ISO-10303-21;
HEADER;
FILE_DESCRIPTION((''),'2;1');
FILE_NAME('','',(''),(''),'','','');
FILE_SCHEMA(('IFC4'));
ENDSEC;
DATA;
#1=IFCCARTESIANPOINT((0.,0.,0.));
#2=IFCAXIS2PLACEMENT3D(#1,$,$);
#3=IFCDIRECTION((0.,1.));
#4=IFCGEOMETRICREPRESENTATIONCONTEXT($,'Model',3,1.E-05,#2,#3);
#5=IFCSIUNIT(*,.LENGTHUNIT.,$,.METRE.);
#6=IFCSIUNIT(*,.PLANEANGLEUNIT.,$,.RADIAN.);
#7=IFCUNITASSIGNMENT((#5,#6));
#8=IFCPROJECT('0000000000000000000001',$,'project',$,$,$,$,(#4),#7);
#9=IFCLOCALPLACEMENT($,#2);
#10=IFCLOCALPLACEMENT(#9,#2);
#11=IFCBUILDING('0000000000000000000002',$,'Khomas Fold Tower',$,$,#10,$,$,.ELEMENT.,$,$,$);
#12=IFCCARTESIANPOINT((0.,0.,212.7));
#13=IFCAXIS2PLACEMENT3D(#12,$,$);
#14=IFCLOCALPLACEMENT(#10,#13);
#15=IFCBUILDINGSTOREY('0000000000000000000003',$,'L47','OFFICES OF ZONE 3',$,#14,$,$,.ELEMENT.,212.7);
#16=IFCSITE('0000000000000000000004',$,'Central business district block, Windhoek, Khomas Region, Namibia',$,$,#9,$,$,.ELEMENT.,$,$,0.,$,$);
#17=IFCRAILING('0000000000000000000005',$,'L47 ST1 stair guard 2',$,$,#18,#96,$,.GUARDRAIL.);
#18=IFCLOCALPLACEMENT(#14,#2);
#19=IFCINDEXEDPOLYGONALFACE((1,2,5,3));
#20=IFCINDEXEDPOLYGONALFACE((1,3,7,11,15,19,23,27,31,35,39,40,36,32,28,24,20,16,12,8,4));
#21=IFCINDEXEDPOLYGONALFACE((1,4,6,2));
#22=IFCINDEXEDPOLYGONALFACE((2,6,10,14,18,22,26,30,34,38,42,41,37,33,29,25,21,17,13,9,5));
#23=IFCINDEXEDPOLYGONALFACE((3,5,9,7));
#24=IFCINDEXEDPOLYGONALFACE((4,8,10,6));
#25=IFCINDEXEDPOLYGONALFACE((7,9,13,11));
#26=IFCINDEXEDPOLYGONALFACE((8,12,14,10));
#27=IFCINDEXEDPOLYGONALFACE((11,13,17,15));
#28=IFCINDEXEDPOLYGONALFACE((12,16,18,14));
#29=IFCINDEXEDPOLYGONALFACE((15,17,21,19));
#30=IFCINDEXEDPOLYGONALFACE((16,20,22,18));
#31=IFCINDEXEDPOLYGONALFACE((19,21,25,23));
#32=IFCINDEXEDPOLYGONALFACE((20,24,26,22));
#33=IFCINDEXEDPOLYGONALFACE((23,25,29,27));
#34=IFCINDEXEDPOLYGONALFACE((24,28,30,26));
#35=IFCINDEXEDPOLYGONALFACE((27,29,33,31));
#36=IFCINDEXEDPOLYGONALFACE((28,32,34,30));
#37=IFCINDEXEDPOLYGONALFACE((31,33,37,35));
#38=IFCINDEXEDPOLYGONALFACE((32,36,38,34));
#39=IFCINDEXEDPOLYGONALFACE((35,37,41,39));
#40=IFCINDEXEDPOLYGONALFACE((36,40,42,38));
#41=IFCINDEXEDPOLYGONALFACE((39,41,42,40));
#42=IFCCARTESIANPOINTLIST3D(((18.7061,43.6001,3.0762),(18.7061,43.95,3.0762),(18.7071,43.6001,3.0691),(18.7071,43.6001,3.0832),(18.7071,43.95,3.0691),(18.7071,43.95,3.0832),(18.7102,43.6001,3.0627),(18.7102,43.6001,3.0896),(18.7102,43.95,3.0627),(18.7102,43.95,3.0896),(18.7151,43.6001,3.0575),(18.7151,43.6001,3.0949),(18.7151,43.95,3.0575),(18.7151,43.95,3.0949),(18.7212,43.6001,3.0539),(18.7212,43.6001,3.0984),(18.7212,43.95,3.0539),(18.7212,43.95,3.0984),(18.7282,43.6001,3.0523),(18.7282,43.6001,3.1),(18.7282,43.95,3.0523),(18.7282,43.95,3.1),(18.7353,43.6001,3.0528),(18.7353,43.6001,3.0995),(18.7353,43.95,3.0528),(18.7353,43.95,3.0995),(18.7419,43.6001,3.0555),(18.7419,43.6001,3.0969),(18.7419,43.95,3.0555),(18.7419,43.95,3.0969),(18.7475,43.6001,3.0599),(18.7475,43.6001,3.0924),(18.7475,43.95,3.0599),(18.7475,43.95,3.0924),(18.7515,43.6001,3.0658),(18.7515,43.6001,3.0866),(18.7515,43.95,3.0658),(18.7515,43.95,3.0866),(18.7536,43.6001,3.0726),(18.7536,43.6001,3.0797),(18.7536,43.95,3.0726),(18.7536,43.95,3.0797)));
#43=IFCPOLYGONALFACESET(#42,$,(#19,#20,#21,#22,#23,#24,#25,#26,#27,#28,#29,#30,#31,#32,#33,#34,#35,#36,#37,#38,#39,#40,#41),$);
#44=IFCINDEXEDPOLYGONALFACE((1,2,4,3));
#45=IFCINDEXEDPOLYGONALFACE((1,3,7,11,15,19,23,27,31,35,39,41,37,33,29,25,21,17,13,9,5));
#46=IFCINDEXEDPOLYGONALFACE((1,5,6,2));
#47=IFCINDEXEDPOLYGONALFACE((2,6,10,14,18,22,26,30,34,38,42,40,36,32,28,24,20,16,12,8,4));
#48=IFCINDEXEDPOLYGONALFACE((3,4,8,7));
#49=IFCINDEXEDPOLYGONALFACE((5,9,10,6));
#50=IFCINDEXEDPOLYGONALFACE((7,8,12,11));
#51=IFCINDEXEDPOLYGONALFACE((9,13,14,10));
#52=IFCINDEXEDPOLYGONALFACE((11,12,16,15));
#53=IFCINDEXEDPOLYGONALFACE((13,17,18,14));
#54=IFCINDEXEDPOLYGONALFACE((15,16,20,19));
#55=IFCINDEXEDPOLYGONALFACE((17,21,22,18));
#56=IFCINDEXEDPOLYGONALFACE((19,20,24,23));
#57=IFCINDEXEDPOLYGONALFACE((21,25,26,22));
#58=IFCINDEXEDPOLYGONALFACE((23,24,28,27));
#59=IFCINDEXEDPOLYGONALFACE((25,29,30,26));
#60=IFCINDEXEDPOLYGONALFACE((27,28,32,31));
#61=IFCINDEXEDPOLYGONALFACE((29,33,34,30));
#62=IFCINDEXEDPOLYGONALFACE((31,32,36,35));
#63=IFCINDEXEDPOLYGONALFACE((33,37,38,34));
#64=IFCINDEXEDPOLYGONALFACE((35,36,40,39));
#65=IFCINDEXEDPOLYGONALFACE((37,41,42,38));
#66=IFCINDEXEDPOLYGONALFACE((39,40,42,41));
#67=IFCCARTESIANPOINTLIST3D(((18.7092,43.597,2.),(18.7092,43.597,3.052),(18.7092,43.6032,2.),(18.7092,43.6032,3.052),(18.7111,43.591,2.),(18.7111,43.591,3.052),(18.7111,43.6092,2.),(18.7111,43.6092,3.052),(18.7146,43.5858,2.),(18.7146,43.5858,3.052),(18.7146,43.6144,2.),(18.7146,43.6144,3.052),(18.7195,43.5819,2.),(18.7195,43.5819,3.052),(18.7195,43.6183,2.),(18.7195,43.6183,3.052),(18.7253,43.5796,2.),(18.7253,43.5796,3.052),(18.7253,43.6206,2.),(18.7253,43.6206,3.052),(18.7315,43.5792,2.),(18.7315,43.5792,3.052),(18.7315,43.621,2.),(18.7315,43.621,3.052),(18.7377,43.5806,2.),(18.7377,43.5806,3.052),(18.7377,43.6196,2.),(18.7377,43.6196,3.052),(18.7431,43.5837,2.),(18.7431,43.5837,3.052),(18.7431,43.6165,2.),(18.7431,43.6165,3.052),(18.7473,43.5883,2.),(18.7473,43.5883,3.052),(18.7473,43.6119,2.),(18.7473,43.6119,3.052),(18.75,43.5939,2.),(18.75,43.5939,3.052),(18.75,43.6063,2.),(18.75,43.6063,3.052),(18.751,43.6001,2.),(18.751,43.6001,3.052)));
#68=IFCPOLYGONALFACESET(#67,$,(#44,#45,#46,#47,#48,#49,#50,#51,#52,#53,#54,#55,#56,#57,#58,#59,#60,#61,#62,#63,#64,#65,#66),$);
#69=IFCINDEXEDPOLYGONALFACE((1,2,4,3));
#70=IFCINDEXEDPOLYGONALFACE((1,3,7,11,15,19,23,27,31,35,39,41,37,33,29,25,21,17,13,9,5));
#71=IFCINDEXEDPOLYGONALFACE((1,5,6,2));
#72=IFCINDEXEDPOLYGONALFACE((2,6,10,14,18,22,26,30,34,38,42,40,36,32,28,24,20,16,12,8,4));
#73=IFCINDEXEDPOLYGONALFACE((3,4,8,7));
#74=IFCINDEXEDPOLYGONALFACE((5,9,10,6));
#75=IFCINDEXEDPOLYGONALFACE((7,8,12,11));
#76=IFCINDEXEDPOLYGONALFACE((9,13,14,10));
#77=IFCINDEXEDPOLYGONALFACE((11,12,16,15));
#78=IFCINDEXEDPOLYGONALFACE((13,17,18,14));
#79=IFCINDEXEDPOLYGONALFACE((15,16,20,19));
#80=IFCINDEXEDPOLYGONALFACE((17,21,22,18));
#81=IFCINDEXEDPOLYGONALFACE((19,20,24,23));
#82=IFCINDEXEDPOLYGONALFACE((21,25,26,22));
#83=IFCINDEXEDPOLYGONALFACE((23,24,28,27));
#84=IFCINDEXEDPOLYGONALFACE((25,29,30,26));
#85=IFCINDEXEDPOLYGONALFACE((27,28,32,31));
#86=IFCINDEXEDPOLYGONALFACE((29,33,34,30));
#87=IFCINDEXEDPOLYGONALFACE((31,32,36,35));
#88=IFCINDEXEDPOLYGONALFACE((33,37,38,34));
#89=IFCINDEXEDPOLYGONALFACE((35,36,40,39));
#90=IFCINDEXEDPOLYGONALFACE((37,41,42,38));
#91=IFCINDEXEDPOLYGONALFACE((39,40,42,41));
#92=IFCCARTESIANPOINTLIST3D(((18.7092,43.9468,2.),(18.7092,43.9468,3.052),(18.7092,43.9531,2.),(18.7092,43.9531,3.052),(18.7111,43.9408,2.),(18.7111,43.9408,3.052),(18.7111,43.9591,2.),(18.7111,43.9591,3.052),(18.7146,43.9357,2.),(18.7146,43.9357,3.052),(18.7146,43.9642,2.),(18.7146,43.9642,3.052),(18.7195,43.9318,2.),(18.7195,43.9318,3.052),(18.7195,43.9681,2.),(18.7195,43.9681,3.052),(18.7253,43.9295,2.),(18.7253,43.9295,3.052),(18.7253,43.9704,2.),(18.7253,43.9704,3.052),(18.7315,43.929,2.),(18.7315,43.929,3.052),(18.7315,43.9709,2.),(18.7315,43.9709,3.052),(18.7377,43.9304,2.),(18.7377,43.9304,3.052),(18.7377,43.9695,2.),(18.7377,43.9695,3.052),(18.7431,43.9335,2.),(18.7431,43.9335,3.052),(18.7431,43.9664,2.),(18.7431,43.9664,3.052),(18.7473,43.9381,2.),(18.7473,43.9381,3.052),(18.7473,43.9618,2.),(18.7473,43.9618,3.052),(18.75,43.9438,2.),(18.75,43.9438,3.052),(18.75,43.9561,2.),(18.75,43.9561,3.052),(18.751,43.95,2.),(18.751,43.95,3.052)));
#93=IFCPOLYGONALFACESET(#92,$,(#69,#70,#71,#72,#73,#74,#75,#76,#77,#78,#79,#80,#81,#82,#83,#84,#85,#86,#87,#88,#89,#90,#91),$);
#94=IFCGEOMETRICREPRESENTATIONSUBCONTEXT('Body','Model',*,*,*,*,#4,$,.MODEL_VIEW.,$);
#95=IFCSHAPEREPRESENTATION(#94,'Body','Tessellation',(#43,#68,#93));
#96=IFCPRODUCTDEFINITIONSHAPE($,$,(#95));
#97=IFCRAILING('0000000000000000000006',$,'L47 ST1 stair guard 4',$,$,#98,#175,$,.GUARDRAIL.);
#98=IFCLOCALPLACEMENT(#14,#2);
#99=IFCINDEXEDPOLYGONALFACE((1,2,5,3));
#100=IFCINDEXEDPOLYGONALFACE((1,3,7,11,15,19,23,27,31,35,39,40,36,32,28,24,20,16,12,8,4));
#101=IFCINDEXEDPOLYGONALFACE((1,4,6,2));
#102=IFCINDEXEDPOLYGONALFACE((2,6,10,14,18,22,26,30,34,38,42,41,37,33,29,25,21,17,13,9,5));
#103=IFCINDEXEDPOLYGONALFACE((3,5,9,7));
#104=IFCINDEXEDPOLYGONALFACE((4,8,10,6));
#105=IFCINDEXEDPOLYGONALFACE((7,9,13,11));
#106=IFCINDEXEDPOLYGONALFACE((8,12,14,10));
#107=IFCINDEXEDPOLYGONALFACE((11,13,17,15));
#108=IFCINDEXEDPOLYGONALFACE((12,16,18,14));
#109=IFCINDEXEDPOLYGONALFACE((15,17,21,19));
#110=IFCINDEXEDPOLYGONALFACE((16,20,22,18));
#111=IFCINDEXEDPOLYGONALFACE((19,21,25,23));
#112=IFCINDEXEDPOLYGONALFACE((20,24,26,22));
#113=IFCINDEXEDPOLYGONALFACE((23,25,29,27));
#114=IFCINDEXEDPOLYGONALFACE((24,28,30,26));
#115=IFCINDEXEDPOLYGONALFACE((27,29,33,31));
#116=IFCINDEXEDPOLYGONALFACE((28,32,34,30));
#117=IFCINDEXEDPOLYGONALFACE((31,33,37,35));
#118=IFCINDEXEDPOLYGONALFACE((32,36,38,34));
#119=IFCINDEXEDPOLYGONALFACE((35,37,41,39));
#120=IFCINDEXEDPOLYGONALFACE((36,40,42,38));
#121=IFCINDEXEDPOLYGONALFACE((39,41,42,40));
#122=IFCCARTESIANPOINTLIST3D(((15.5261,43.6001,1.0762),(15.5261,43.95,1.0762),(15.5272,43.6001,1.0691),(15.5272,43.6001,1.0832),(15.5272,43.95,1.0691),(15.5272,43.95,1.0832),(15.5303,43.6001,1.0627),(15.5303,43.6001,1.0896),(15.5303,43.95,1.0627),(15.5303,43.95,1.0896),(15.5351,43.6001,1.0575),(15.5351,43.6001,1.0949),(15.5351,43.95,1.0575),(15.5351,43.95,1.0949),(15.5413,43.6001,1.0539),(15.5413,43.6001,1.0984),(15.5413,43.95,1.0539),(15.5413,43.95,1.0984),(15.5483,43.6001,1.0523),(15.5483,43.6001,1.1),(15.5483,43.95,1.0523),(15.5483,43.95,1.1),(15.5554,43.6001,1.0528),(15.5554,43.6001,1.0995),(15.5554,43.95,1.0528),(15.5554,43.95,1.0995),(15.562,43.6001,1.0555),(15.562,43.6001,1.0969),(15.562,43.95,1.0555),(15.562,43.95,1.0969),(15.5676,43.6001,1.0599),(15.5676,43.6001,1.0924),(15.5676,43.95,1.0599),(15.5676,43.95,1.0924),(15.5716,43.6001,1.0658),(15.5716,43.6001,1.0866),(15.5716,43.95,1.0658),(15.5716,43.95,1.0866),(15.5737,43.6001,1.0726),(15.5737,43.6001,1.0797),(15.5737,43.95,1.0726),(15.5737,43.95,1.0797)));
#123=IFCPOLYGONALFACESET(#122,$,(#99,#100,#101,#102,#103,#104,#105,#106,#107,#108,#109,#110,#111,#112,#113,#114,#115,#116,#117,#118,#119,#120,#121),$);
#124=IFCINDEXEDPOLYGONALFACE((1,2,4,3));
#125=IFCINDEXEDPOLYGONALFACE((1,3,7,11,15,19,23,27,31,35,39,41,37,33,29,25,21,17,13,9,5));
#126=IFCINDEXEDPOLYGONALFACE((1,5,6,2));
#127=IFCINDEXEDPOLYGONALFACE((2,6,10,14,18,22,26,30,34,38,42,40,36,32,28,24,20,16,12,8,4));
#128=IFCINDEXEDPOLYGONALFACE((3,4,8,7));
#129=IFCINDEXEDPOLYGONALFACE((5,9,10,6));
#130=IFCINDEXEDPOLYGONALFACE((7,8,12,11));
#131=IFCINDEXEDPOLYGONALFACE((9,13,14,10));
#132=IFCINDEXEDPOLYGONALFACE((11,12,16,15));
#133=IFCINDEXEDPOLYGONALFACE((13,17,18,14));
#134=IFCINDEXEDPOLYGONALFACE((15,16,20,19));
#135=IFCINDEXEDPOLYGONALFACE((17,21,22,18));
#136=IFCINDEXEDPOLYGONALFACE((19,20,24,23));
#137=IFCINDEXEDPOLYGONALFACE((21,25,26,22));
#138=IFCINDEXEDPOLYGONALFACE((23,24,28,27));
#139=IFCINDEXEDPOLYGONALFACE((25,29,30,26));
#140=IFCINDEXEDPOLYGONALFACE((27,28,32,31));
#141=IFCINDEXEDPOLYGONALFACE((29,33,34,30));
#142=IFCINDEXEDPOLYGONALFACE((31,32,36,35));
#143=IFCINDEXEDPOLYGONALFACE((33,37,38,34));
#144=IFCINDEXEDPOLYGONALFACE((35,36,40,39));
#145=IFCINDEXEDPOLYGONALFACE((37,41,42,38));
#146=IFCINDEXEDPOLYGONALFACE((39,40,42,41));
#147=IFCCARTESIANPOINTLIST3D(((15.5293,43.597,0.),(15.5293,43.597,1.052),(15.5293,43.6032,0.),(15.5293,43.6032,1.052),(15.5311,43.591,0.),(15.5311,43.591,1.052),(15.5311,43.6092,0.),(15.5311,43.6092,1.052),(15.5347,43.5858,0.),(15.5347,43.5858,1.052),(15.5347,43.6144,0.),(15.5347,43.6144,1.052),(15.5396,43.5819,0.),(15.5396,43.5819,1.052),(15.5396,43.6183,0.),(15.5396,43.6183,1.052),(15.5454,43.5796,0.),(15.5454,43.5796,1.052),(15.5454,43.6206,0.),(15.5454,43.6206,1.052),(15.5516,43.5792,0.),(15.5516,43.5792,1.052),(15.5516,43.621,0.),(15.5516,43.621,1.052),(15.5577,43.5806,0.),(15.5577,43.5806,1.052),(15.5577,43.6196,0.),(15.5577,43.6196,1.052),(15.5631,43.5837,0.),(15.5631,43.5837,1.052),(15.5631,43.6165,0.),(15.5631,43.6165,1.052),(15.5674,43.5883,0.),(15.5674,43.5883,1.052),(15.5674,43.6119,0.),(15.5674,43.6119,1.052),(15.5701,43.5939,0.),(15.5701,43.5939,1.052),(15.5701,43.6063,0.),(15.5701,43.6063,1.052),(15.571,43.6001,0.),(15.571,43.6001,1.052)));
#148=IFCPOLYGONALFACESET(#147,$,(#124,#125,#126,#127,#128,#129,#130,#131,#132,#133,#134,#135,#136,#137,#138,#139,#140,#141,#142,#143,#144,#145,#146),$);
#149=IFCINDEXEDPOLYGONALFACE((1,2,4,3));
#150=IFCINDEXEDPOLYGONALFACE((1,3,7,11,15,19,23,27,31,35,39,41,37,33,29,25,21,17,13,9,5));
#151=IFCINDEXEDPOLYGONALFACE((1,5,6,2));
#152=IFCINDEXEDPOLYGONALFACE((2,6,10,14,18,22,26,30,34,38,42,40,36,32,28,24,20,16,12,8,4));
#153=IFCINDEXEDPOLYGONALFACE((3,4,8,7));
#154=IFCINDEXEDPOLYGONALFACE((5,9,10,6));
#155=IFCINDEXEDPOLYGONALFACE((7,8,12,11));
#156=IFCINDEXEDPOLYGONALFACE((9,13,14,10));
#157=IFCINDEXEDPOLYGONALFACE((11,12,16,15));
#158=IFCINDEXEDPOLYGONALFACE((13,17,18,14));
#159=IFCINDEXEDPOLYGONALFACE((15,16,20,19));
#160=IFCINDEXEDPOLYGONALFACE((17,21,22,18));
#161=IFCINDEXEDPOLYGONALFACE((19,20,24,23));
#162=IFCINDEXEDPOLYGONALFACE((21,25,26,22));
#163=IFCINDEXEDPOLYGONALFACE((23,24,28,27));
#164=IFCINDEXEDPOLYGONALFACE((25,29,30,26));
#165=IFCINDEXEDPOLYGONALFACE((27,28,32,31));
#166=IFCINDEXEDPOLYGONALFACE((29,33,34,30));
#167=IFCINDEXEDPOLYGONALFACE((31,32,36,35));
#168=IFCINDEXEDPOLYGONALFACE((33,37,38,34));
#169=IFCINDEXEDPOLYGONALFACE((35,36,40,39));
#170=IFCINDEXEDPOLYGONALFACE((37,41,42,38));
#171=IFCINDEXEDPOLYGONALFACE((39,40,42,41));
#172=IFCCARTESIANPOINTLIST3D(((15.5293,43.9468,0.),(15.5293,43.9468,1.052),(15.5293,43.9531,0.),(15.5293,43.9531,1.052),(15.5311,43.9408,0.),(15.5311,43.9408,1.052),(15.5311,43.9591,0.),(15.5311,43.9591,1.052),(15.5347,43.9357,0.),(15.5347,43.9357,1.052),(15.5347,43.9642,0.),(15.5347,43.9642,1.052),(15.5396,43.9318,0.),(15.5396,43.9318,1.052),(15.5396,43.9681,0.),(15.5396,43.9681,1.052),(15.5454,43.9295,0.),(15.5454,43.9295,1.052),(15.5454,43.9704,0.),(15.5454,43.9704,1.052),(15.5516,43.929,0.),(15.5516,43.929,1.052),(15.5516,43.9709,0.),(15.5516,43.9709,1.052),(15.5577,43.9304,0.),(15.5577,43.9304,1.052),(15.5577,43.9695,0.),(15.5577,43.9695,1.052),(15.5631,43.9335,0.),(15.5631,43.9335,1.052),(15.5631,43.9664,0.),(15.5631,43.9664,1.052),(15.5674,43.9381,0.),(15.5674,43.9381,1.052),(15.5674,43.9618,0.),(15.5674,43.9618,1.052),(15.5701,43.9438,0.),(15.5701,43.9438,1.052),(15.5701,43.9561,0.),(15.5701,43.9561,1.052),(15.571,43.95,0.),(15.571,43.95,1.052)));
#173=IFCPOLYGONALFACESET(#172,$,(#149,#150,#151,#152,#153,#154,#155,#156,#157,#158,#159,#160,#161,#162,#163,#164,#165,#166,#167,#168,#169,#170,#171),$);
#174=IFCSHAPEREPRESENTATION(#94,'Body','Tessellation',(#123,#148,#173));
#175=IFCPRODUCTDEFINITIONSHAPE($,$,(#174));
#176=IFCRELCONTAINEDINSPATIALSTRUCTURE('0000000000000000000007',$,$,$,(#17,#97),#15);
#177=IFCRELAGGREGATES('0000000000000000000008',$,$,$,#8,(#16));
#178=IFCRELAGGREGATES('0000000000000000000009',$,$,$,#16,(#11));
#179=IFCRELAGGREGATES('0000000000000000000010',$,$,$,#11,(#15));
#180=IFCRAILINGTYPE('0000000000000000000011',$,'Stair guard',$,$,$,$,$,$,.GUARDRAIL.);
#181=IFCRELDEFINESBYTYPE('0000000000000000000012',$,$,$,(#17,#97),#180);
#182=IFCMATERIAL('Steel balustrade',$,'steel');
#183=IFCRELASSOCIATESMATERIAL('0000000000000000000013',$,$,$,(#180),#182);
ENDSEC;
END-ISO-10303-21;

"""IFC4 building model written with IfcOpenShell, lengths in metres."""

from ifc_helpers import new_model, si_unit, direction, frame, origin, origin_2d, place, context, subcontext, project, spatial, circle, extrude, source, transform, mapped, material, type_object, element, save


model = new_model("IFC4")

# Units and contexts
model_context = context("Model", 3, precision=1e-05, world=origin(), true_north=direction((0.0, 1.0)))
body_context = subcontext(model_context, "Body", "Model", "MODEL_VIEW")
ifc_project = project(units=[si_unit("LENGTHUNIT", "METRE"), si_unit("PLANEANGLEUNIT", "RADIAN")], contexts=[model_context])

# Site, building, storey
site_placement = place(None, origin())
site = spatial("IfcSite", under=ifc_project, at=site_placement, Name="Central business district block, Windhoek, Khomas Region, Namibia", CompositionType="ELEMENT", RefElevation=0.0)
building_placement = place(site_placement, origin())
building = spatial("IfcBuilding", under=site, at=building_placement, Name="Khomas Fold Tower", CompositionType="ELEMENT")
storey_placement = place(building_placement, frame((0.0, 0.0, 212.7)))
storey = spatial("IfcBuildingStorey", under=building, at=storey_placement, Name="L47", Description="OFFICES OF ZONE 3", CompositionType="ELEMENT", Elevation=212.7)

# Railings
ifc_material_1 = material(Name="Steel balustrade", Category="steel")
railing_type_1 = type_object("IfcRailingType", Name="Stair guard", PredefinedType="GUARDRAIL", material=ifc_material_1)
shared_shape_1 = source(origin(), body_context, "Body", "SweptSolid", [
    extrude(circle(Radius=0.0239, at=origin_2d()), frame((0.0, 0.0, 1.0762), z_axis=(0.0, 1.0, 0.0), x_axis=(-1.0, 0.0, 0.0)), (0.0, 0.0, 1.0), 0.3499),
    extrude(circle(Radius=0.021, at=origin_2d()), origin(), (0.0, 0.0, 1.0), 1.052),
    extrude(circle(Radius=0.021, at=origin_2d()), frame((0.0, 0.3499, 0.0)), (0.0, 0.0, 1.0), 1.052),
])
for number, where, name in (
    (1, (18.73, 43.6001, 2.0), "L47 ST1 stair guard 2"),
    (2, (15.55, 43.6001, 0.0), "L47 ST1 stair guard 4"),
):
    element("IfcRailing", number, at=place(storey_placement, frame(where)), inside=storey, type_object=railing_type_1, Name=name, PredefinedType="GUARDRAIL", context=body_context, shape_type="MappedRepresentation", body=[
        mapped(shared_shape_1, transform((0.0, 0.0, 0.0))),
    ])

save(model, "model.ifc")
